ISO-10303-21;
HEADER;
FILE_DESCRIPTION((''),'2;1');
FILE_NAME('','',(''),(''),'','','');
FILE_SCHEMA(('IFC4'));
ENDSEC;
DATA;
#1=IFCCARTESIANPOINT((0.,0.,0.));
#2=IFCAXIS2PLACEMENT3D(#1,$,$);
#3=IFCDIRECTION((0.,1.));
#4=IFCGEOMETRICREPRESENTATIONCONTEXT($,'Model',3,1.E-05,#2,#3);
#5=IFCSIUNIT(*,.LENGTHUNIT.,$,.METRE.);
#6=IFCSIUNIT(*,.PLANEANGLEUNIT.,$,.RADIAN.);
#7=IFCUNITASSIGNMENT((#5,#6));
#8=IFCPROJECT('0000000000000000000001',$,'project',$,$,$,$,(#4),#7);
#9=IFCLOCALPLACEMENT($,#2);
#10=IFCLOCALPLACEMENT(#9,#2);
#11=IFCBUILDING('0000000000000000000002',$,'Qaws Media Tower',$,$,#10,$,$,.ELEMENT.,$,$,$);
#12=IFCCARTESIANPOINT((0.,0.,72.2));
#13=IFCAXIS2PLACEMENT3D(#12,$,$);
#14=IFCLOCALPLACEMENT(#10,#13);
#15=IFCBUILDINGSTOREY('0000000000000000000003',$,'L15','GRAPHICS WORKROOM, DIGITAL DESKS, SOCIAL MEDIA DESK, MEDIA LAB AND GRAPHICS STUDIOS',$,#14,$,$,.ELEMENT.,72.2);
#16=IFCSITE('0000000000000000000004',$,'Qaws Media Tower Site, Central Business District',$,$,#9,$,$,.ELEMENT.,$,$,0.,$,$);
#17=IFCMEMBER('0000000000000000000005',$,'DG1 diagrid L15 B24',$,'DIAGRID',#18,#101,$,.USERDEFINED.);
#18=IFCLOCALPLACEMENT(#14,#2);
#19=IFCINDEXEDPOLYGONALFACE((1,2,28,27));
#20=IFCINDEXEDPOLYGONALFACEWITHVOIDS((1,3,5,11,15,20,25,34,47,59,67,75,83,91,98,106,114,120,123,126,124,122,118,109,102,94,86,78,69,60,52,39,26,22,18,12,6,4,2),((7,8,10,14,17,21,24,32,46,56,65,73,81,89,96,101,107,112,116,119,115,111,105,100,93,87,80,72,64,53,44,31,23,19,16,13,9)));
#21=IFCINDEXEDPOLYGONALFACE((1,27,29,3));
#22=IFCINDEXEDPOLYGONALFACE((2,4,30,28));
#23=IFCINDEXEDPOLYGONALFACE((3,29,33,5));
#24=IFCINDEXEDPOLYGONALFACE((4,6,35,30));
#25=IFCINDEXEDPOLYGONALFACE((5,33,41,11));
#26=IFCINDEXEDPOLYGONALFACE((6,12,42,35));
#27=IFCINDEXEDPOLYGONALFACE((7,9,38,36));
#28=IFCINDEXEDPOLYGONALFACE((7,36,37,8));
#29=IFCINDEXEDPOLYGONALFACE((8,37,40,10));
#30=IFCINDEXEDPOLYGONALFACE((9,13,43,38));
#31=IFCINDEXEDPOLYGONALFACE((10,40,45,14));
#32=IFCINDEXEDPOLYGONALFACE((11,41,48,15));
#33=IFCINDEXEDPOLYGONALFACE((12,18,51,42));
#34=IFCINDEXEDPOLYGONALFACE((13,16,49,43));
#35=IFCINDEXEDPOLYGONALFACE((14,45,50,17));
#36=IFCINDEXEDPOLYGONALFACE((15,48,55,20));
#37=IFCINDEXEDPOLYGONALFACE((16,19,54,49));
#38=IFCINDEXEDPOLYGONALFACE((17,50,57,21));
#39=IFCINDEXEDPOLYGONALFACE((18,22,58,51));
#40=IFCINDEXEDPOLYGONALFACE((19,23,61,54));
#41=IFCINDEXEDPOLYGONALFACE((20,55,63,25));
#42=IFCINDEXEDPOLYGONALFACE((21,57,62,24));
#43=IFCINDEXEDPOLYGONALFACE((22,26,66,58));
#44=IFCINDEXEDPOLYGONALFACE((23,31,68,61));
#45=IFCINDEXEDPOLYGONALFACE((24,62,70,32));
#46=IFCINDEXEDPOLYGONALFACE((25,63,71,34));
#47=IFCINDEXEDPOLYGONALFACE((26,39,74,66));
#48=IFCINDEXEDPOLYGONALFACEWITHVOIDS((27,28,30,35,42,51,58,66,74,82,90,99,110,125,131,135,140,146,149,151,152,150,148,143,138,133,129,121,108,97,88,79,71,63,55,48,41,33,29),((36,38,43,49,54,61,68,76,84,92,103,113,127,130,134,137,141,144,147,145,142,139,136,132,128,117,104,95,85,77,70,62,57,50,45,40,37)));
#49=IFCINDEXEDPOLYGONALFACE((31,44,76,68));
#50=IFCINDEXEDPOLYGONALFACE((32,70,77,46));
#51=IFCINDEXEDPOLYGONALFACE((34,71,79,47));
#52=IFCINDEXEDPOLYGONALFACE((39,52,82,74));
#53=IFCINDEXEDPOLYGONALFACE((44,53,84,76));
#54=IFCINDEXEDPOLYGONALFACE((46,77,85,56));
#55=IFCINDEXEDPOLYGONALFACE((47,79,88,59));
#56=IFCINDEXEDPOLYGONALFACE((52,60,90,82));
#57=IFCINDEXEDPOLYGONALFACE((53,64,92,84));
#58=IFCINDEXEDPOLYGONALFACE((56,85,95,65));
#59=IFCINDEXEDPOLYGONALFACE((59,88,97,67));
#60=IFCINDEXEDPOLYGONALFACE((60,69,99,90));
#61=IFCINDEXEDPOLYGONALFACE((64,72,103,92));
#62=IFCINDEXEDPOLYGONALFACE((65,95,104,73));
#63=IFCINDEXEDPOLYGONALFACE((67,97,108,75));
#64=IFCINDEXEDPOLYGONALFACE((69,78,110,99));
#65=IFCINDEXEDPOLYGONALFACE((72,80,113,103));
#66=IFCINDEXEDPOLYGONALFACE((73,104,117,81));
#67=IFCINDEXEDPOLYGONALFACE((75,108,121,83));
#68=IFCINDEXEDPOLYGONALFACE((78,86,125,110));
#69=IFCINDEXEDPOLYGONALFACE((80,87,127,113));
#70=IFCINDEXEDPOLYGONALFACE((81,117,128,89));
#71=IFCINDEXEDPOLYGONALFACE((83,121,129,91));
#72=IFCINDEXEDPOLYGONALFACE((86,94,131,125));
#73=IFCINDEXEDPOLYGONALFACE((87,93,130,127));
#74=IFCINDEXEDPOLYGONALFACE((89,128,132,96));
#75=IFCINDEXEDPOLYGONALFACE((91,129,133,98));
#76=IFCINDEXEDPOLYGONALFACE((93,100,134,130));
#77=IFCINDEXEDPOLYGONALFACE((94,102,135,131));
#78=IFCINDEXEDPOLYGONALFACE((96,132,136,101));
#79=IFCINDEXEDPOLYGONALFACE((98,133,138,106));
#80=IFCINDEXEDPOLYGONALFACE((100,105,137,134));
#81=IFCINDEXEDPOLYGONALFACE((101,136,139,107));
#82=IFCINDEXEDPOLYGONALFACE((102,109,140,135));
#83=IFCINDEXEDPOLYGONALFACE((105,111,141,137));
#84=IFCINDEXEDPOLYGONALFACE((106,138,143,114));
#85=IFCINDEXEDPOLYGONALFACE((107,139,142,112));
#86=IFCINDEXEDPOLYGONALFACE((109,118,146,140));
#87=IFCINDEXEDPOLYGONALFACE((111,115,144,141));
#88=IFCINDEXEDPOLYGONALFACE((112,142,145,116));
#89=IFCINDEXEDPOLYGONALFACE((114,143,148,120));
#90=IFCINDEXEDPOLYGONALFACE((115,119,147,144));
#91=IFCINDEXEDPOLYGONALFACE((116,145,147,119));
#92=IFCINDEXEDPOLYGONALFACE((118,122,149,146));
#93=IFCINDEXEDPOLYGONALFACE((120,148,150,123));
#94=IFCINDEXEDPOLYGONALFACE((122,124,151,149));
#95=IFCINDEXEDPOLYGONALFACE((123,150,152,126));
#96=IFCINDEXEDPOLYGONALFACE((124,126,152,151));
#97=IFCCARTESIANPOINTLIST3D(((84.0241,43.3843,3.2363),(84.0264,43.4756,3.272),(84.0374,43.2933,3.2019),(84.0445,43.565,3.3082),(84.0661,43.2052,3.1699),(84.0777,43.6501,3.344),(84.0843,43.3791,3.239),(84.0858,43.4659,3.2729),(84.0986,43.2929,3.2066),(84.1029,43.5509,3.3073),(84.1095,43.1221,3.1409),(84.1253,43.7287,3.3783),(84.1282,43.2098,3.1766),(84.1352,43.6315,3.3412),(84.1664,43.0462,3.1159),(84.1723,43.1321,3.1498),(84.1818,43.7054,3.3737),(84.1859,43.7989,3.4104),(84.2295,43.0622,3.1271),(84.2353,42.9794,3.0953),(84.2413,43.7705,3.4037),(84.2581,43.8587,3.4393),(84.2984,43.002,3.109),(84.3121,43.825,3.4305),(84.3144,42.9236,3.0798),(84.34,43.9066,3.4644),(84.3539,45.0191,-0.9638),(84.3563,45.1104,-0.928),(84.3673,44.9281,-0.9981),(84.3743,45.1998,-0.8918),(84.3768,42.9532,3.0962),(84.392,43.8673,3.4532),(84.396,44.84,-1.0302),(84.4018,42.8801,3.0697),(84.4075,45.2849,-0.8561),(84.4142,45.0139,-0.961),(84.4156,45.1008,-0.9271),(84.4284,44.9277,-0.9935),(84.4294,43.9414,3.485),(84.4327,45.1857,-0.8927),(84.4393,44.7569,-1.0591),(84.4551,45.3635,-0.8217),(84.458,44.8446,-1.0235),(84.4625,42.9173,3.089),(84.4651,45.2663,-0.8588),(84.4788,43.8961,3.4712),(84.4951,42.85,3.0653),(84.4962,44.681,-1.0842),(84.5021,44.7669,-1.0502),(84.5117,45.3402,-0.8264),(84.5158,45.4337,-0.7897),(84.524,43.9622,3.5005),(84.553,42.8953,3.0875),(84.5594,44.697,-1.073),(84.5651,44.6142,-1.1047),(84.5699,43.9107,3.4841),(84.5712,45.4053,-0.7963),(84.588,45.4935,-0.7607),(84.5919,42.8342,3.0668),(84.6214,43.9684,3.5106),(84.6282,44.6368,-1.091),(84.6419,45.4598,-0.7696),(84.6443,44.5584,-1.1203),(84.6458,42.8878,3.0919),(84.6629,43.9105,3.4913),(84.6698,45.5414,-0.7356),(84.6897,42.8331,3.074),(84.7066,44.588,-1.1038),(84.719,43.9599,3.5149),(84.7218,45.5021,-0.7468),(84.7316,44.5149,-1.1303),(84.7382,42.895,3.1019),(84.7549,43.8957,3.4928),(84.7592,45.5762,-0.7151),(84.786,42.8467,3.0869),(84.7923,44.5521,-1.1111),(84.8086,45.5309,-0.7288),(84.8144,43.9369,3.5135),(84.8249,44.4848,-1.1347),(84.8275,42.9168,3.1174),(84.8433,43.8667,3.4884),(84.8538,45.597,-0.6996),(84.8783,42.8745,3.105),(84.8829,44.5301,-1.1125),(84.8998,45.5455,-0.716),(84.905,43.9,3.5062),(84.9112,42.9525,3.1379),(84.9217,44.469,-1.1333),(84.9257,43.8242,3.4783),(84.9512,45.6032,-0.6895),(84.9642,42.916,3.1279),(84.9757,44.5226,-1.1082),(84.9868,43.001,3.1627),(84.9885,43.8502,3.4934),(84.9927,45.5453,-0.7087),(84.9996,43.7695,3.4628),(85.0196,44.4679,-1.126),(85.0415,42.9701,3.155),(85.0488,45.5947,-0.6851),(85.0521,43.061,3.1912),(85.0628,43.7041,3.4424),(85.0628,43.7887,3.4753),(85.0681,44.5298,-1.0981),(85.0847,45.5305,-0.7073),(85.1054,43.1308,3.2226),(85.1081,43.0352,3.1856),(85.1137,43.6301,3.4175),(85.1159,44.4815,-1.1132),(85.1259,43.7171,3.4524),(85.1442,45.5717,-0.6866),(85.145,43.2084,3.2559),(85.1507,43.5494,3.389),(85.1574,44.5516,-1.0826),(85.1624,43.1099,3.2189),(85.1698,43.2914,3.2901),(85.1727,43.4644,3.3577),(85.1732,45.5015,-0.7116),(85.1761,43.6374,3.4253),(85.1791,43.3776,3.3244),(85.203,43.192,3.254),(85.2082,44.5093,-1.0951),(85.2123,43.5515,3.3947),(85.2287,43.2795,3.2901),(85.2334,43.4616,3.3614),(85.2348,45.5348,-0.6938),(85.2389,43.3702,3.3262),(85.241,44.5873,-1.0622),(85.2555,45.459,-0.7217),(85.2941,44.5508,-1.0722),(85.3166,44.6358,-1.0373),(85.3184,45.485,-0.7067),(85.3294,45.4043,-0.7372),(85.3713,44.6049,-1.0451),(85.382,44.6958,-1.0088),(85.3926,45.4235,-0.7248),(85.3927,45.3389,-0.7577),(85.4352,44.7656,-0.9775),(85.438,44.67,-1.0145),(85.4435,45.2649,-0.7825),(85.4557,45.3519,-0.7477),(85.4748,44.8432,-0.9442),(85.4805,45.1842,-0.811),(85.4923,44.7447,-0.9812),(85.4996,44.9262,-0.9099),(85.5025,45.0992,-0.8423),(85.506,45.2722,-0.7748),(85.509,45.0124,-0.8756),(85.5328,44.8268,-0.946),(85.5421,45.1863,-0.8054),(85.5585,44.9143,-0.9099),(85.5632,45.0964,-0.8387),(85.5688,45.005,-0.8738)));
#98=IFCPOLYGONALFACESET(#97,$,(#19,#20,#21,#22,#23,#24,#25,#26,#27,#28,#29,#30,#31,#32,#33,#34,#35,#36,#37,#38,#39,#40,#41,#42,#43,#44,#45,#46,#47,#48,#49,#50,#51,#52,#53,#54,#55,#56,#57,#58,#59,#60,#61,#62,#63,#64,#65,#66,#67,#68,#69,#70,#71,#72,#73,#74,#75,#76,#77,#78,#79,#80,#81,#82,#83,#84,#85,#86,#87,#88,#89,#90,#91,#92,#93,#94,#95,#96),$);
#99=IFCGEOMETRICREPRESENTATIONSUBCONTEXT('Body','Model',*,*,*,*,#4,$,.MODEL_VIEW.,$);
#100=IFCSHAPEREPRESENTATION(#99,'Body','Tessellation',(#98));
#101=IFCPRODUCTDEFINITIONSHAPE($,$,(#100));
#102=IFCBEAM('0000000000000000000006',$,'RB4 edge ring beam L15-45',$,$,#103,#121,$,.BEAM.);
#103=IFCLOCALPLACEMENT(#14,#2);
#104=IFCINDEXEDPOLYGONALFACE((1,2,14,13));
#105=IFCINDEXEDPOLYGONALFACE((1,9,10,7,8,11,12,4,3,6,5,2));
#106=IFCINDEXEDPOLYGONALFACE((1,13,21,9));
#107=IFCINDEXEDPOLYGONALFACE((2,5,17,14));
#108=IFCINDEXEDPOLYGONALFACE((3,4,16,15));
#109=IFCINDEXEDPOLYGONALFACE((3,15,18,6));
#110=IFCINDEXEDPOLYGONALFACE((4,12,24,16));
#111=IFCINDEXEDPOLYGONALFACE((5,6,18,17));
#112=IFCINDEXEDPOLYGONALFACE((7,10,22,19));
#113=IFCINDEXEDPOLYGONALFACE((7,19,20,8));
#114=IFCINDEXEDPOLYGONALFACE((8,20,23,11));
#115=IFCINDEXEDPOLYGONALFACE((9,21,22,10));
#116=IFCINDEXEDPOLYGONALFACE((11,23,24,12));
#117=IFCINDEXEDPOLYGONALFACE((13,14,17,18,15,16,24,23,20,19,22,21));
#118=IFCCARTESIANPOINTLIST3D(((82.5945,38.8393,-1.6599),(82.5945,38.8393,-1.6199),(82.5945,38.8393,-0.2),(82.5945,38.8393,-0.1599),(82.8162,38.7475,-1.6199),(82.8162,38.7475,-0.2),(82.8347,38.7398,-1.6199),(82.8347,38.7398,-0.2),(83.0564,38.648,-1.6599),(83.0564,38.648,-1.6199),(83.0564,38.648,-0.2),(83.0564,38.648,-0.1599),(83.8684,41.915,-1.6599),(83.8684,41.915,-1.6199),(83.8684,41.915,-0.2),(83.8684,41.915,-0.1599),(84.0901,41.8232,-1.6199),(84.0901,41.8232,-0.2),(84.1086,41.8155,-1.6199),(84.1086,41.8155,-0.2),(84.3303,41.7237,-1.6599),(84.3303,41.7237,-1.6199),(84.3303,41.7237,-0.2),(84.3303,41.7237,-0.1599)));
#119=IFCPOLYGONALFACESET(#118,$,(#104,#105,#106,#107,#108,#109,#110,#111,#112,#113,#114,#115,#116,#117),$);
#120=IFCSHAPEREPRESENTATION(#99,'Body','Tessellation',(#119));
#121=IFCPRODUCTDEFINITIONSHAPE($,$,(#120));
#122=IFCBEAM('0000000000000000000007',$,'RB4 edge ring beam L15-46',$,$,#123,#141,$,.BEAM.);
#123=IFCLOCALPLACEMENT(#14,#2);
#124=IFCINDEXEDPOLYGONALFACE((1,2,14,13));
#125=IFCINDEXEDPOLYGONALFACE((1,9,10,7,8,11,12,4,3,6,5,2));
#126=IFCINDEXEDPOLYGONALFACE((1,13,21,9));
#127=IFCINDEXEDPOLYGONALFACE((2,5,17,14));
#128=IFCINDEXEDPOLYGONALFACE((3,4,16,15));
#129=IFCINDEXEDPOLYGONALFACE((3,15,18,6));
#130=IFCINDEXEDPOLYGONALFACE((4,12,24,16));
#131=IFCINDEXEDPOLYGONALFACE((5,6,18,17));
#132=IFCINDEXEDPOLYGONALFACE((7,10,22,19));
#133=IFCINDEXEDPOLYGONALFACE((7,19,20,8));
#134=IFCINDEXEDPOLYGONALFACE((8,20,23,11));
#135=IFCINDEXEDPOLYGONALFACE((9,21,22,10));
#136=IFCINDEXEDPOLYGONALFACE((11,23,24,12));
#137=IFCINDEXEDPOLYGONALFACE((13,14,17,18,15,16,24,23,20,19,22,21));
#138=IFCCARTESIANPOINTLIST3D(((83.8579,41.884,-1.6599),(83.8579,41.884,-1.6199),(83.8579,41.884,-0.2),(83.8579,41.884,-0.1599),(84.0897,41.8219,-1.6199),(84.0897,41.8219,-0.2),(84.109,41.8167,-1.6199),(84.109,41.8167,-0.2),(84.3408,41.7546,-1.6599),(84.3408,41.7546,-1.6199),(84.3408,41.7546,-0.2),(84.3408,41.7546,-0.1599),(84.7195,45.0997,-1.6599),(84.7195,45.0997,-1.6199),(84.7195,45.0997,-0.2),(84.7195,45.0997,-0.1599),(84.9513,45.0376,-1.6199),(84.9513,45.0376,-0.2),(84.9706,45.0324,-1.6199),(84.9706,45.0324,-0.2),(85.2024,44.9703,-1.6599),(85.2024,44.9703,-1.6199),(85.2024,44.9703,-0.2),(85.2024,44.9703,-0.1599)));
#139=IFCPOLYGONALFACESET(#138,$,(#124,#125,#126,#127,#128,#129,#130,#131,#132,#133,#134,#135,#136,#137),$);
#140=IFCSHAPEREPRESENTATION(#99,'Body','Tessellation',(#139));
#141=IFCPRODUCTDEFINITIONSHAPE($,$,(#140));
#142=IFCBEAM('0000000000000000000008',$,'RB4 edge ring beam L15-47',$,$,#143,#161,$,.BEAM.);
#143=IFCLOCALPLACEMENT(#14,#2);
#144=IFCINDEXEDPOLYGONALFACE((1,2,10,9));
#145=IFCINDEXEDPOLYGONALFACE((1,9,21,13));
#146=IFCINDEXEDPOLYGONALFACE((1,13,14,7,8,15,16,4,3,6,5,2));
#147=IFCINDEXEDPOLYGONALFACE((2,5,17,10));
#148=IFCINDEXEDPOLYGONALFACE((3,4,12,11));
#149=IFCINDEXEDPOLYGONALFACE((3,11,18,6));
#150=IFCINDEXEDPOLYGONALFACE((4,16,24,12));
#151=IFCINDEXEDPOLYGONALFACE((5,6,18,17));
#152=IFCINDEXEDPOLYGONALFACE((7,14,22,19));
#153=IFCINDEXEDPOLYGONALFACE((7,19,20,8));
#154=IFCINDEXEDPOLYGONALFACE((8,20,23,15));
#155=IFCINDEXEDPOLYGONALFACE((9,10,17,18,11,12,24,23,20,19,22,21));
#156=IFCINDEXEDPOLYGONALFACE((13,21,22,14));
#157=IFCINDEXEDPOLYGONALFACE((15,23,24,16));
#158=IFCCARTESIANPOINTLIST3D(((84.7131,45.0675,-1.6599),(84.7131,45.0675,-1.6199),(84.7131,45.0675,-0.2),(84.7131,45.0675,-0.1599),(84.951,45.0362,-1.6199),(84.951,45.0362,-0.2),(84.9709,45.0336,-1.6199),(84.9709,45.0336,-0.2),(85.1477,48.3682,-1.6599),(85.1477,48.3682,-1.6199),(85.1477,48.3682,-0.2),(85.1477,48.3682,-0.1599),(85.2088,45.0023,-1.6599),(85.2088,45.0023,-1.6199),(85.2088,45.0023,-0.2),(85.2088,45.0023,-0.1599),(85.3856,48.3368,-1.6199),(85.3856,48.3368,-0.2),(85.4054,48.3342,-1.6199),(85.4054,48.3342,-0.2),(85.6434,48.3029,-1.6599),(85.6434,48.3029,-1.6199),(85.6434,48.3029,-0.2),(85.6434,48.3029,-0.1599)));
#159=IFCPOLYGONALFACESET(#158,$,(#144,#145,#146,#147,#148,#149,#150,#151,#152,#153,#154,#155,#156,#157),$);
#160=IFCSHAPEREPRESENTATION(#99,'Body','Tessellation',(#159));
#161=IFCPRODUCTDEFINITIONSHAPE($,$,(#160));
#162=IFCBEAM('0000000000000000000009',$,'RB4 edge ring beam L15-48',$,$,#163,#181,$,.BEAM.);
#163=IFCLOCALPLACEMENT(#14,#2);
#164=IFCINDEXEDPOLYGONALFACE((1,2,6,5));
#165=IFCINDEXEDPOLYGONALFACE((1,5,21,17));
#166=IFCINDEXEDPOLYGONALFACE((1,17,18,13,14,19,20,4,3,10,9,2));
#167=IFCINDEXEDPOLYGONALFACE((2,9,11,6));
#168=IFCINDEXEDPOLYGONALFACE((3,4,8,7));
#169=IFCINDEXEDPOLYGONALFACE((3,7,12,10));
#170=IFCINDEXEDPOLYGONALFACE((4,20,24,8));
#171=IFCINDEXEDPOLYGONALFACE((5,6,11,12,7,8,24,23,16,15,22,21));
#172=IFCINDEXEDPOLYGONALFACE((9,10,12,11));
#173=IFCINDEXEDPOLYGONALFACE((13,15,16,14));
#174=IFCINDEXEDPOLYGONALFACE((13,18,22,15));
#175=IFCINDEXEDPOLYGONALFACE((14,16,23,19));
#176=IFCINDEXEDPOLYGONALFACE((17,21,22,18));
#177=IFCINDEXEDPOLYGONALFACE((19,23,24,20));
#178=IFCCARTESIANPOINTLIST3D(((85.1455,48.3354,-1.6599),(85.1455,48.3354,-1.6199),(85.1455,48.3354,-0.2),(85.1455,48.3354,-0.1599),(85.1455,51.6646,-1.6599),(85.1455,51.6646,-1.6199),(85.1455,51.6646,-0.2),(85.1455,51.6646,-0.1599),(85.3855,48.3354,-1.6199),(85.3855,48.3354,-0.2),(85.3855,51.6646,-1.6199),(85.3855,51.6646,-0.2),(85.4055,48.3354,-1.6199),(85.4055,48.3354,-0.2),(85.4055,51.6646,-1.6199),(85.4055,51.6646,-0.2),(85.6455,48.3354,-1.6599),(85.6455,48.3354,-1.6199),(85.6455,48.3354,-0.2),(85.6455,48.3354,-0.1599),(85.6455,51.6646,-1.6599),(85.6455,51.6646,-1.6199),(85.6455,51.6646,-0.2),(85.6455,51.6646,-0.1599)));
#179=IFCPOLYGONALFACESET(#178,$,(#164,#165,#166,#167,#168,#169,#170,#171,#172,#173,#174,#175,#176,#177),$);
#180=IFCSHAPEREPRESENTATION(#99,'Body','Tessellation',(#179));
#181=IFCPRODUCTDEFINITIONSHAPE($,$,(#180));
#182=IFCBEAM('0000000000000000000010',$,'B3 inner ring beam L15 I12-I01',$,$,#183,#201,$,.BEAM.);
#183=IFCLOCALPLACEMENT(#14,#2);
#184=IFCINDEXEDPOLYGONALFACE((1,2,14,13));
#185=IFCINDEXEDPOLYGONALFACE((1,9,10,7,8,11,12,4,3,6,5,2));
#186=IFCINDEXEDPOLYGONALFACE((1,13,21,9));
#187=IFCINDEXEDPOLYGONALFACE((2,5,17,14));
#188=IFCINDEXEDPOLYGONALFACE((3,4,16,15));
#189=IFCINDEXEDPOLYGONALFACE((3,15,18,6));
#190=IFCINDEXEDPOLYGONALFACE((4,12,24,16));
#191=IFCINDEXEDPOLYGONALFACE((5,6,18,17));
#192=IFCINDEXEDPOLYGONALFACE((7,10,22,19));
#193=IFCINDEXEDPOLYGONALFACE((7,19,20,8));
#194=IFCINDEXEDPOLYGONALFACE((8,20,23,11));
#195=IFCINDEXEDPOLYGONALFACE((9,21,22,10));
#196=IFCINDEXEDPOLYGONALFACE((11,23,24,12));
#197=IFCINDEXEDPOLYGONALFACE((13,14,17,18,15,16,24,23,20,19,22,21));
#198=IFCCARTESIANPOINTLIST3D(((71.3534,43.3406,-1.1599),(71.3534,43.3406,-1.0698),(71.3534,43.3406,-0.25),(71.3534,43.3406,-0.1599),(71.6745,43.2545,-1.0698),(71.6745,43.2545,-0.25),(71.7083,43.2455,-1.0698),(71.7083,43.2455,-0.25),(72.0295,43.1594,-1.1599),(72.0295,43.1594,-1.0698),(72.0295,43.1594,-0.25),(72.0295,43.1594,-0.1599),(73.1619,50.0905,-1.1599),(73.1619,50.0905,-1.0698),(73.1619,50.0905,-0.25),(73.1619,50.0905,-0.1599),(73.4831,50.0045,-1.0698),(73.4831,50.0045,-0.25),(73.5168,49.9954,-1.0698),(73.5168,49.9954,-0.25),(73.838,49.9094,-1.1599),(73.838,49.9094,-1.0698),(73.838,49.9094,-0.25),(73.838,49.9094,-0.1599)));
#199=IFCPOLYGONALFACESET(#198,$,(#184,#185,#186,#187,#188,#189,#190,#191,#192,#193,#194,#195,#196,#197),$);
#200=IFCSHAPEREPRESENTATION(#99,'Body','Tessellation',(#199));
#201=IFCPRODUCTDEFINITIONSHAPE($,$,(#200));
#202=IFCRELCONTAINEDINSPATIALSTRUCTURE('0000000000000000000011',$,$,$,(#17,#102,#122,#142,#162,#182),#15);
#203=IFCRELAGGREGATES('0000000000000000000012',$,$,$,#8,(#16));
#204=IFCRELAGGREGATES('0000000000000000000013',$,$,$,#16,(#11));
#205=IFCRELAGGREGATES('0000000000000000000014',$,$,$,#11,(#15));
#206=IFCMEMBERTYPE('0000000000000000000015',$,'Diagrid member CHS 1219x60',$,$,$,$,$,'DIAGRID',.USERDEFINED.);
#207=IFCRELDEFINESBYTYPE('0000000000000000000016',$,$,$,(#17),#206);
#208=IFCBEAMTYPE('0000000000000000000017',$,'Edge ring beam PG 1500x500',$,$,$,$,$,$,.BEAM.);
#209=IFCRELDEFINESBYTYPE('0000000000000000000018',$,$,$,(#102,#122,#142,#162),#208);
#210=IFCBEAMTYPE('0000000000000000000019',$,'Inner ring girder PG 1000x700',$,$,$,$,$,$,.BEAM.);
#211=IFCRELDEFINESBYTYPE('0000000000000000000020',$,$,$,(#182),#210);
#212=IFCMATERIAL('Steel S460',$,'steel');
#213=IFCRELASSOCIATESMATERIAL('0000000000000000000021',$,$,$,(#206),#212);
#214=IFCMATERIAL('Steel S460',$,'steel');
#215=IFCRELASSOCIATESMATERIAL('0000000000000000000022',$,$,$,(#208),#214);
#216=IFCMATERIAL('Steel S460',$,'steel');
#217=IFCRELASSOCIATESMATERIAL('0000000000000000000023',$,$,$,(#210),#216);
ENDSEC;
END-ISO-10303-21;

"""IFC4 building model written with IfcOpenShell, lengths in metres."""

from ifc_helpers import new_model, si_unit, direction, frame, origin, origin_2d, place, context, subcontext, project, spatial, hollow_circle, i_section, extrude, material, material_profile, profile_set, type_object, element, save


model = new_model("IFC4")

# Units and contexts
model_context = context("Model", 3, precision=1e-05, world=origin(), true_north=direction((0.0, 1.0)))
body_context = subcontext(model_context, "Body", "Model", "MODEL_VIEW")
ifc_project = project(units=[si_unit("LENGTHUNIT", "METRE"), si_unit("PLANEANGLEUNIT", "RADIAN")], contexts=[model_context])

# Site, building, storey
site_placement = place(None, origin())
site = spatial("IfcSite", under=ifc_project, at=site_placement, Name="Qaws Media Tower Site, Central Business District", CompositionType="ELEMENT", RefElevation=0.0)
building_placement = place(site_placement, origin())
building = spatial("IfcBuilding", under=site, at=building_placement, Name="Qaws Media Tower", CompositionType="ELEMENT")
storey_placement = place(building_placement, frame((0.0, 0.0, 72.2)))
storey = spatial("IfcBuildingStorey", under=building, at=storey_placement, Name="L15", Description="GRAPHICS WORKROOM, DIGITAL DESKS, SOCIAL MEDIA DESK, MEDIA LAB AND GRAPHICS STUDIOS", CompositionType="ELEMENT", Elevation=72.2)

# Member
ifc_material_1 = material(Name="Steel S460", Category="steel")
ifc_material_profile_1 = material_profile(ifc_material_1, hollow_circle(Radius=0.6096, WallThickness=0.0601, at=origin_2d()), Name="CHS 1219x60")
ifc_profile_set_1 = profile_set([ifc_material_profile_1], Name="Steel S460")
member_type_1 = type_object("IfcMemberType", Name="Diagrid member CHS 1219x60", ElementType="DIAGRID", PredefinedType="USERDEFINED", material=ifc_profile_set_1)
for number, where, z_axis, x_axis, name in (
    (1, (84.9609, 45.0349, -0.9099), (-0.072989, -0.361758, 0.92941), (0.980247, -0.197777, 0.0), "DG1 diagrid L15 B24"),
):
    element("IfcMember", number, at=place(storey_placement, frame(where, z_axis=z_axis, x_axis=x_axis)), inside=storey, type_object=member_type_1, Name=name, ObjectType="DIAGRID", PredefinedType="USERDEFINED", context=body_context, shape_type="SweptSolid", body=[
        extrude(hollow_circle(Radius=0.6096, WallThickness=0.0601, at=origin_2d()), origin(), (0.0, 0.0, 1.0), 4.519),
    ])

# Beams
ifc_material_2 = material(Name="Steel S460", Category="steel")
ifc_material_profile_2 = material_profile(ifc_material_2, i_section(OverallWidth=0.5, OverallDepth=1.5, WebThickness=0.02, FlangeThickness=0.04, at=origin_2d()), Name="PG 1500x500")
ifc_profile_set_2 = profile_set([ifc_material_profile_2], Name="Steel S460")
beam_type_1 = type_object("IfcBeamType", Name="Edge ring beam PG 1500x500", PredefinedType="BEAM", material=ifc_profile_set_2)
for number, where, z_axis, x_axis, name in (
    (2, (82.8254, 38.7437, -0.9099), (0.382667, 0.923886, 0.0), (-0.923886, 0.382667, 0.0), "RB4 edge ring beam L15-45"),
    (3, (84.0994, 41.8193, -0.9099), (0.258808, 0.965929, 0.0), (-0.965929, 0.258808, 0.0), "RB4 edge ring beam L15-46"),
    (4, (84.9609, 45.0349, -0.9099), (0.13054, 0.991443, 0.0), (-0.991443, 0.13054, 0.0), "RB4 edge ring beam L15-47"),
    (5, (85.3955, 48.3354, -0.9099), (0.0, 1.0, 0.0), (-1.0, 0.0, 0.0), "RB4 edge ring beam L15-48"),
):
    element("IfcBeam", number, at=place(storey_placement, frame(where, z_axis=z_axis, x_axis=x_axis)), inside=storey, type_object=beam_type_1, Name=name, PredefinedType="BEAM", context=body_context, shape_type="SweptSolid", body=[
        extrude(i_section(OverallWidth=0.5, OverallDepth=1.5, WebThickness=0.02, FlangeThickness=0.04, at=origin_2d()), origin(), (0.0, 0.0, 1.0), 3.3291),
    ])
ifc_material_3 = material(Name="Steel S460", Category="steel")
ifc_material_profile_3 = material_profile(ifc_material_3, i_section(OverallWidth=0.7, OverallDepth=1.0, WebThickness=0.0349, FlangeThickness=0.0901, at=origin_2d()), Name="PG 1000x700")
ifc_profile_set_3 = profile_set([ifc_material_profile_3], Name="Steel S460")
beam_type_2 = type_object("IfcBeamType", Name="Inner ring girder PG 1000x700", PredefinedType="BEAM", material=ifc_profile_set_3)
beam_1_placement = place(storey_placement, frame((71.6914, 43.25, -0.6599), z_axis=(0.258811, 0.965928, 0.0), x_axis=(-0.965928, 0.258811, 0.0)))
element("IfcBeam", 6, at=beam_1_placement, inside=storey, type_object=beam_type_2, Name="B3 inner ring beam L15 I12-I01", PredefinedType="BEAM", context=body_context, shape_type="SweptSolid", body=[
    extrude(i_section(OverallWidth=0.7, OverallDepth=1.0, WebThickness=0.0349, FlangeThickness=0.0901, at=origin_2d()), origin(), (0.0, 0.0, 1.0), 6.988),
])

save(model, "model.ifc")
